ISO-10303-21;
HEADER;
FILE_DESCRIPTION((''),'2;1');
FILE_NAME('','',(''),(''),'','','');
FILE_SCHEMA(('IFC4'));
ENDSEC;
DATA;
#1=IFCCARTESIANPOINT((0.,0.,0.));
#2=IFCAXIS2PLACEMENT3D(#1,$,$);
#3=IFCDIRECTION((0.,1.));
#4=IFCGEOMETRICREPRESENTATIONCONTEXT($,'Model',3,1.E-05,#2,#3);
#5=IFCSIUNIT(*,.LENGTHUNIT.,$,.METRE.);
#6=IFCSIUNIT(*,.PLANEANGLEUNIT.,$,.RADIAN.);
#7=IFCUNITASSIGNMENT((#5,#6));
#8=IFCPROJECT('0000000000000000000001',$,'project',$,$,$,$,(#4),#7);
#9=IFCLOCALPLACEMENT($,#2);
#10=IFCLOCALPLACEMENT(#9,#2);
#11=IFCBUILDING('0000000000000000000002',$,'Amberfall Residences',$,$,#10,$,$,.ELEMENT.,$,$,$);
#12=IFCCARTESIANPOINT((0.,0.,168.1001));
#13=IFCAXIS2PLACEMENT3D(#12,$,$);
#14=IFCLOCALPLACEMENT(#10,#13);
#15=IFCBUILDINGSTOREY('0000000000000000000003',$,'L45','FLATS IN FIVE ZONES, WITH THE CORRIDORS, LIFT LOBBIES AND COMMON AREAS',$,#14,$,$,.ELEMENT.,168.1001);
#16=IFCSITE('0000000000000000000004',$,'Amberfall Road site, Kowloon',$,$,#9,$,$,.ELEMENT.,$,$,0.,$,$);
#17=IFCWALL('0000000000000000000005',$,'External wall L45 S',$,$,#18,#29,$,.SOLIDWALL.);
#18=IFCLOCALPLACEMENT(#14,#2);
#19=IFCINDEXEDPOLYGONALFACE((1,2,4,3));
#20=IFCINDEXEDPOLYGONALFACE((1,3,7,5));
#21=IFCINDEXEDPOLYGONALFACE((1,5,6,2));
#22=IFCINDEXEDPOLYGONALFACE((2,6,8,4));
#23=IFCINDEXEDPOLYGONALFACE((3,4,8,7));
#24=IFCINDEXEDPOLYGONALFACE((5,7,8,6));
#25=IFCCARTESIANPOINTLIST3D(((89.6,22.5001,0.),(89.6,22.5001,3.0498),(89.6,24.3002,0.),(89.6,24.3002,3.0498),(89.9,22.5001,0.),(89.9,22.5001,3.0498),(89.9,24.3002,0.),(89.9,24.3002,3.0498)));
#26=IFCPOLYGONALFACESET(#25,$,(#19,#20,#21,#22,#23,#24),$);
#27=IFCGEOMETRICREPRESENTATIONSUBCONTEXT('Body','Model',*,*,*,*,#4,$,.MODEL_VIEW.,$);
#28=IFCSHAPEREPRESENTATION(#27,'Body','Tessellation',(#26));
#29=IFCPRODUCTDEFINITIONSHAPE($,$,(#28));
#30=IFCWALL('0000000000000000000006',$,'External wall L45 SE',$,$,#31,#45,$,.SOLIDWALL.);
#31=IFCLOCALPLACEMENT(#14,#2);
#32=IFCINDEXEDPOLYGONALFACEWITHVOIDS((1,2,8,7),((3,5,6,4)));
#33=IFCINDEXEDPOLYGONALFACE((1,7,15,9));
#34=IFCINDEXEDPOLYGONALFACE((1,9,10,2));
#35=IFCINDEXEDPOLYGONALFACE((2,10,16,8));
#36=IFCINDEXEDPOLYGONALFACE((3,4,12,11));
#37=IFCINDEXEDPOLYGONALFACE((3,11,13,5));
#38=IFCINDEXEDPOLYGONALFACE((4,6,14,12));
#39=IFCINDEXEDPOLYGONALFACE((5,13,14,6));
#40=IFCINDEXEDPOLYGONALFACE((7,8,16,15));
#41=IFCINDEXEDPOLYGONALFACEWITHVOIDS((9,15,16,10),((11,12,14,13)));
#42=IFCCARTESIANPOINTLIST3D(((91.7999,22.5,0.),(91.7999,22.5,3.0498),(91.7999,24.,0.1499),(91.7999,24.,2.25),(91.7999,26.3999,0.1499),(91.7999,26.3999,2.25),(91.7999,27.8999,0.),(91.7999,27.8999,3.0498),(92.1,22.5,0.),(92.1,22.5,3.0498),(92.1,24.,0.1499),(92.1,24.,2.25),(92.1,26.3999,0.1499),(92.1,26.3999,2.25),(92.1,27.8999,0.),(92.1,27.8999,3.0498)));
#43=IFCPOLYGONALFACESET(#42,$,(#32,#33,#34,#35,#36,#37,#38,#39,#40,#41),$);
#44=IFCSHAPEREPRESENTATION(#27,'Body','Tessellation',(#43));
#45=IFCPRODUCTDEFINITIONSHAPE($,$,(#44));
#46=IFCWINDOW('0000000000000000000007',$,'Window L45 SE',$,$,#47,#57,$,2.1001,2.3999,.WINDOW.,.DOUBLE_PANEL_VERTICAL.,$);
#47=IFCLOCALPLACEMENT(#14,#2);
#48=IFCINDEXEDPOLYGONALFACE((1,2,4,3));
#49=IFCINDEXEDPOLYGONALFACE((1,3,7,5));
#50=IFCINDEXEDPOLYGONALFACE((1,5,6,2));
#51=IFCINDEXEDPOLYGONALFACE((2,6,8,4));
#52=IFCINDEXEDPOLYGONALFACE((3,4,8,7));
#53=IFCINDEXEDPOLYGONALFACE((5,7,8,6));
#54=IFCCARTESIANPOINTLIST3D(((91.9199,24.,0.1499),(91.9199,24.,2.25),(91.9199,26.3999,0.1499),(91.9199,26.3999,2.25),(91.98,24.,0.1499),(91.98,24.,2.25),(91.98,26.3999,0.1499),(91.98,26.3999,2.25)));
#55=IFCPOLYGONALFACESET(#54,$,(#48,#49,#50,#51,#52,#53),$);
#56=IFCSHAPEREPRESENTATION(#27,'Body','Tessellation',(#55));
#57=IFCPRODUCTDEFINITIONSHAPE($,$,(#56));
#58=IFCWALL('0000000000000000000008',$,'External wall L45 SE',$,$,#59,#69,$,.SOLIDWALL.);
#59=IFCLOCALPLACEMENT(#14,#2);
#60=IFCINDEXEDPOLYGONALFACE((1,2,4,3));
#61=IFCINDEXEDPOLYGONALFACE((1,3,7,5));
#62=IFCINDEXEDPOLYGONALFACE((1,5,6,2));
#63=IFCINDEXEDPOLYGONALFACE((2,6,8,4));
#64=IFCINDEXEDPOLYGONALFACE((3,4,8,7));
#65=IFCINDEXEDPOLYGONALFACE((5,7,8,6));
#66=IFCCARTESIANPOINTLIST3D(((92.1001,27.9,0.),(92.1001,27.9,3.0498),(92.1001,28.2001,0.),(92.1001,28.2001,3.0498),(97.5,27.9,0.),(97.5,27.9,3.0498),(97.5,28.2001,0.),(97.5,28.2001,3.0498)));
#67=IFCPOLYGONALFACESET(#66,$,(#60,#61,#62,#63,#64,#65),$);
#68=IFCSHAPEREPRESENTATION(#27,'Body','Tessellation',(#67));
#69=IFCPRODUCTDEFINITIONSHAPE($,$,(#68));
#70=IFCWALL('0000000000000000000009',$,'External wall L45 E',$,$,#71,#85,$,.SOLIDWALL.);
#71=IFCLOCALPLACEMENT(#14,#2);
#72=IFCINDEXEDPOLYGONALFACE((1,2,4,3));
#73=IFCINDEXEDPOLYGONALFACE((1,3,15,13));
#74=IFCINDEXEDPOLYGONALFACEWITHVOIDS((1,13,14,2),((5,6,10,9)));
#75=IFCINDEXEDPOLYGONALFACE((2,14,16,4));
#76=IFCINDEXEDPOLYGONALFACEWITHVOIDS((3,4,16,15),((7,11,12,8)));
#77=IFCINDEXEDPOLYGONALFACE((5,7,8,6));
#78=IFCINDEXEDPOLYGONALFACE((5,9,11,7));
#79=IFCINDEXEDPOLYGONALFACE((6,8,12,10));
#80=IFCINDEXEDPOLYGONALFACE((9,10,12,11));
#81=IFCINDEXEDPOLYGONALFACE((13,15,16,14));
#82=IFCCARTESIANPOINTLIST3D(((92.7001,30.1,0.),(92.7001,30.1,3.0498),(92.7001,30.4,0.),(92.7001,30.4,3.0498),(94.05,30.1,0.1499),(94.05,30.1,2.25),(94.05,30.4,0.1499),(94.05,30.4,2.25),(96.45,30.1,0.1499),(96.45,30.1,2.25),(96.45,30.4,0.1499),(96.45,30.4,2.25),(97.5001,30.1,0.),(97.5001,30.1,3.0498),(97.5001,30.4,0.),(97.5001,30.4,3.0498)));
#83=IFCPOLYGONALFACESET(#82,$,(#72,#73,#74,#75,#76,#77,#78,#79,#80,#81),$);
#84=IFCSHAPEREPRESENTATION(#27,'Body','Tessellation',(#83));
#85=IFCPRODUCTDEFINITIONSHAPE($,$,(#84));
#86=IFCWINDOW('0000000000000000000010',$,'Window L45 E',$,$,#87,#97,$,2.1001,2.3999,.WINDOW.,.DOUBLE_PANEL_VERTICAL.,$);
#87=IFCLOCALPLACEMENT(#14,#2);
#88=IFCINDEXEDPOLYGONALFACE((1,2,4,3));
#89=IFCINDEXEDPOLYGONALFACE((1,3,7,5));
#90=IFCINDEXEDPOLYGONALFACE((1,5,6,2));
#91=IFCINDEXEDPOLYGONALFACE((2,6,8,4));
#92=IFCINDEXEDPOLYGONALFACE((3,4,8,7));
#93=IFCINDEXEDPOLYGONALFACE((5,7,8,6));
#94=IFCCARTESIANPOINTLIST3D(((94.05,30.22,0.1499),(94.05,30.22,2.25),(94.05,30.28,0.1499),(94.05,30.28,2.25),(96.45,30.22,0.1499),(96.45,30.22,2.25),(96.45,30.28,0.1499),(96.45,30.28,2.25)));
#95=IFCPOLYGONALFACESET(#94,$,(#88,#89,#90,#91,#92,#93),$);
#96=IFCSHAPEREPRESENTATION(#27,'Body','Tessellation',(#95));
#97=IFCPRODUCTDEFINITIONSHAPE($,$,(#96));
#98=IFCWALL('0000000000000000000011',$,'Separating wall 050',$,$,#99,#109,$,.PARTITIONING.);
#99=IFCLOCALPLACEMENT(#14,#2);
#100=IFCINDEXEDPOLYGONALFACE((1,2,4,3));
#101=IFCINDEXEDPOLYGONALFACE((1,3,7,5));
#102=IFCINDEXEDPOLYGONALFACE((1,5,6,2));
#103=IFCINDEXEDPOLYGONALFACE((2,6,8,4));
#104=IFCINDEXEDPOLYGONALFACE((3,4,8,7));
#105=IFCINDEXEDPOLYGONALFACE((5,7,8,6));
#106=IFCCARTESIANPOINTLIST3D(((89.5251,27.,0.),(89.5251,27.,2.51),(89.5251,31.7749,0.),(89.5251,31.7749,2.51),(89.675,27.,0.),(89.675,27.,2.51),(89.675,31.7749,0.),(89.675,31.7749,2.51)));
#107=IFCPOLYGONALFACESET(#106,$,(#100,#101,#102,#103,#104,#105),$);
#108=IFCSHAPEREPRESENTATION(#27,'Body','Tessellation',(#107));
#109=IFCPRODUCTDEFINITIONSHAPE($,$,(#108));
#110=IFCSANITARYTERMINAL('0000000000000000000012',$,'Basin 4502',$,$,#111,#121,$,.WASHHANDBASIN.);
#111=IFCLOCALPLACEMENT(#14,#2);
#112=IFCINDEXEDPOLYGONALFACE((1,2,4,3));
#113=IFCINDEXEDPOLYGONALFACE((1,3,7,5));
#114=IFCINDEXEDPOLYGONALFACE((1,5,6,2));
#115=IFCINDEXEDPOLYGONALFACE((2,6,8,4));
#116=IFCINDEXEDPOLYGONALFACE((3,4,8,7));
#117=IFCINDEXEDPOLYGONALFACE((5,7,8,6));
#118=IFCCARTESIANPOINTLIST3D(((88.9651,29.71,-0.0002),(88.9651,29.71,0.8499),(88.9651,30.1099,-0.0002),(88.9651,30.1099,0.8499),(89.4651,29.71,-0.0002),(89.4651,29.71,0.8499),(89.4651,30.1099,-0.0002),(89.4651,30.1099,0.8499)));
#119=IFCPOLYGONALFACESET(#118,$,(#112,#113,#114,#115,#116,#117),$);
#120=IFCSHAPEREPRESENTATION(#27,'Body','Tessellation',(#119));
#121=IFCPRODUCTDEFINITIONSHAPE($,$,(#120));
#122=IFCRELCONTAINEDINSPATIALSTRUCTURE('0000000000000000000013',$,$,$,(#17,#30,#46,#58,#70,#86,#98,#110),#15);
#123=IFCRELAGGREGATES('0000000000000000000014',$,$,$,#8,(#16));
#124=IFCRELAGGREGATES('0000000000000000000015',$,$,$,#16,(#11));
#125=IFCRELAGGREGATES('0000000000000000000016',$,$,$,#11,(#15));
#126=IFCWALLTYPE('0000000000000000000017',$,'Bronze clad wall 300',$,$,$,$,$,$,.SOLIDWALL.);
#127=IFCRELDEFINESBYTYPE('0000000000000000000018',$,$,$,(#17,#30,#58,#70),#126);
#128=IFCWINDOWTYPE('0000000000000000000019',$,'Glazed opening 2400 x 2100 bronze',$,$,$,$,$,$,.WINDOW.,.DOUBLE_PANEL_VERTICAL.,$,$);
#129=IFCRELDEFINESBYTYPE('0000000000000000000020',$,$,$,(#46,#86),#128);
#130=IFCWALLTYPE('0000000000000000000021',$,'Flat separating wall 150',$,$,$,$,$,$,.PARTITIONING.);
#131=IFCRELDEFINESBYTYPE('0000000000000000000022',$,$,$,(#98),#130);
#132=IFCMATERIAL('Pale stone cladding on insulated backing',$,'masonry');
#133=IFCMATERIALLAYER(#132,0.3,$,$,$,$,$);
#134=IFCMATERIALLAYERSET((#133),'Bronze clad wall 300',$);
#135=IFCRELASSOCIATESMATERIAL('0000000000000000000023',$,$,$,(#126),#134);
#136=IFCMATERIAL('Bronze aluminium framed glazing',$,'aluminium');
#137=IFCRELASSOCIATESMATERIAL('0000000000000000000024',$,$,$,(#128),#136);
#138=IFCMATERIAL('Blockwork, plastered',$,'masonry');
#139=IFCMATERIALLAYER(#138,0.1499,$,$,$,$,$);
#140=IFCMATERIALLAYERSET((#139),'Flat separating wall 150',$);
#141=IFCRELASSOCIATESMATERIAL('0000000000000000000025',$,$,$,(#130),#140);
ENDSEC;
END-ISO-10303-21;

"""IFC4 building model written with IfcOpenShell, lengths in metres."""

from ifc_helpers import new_model, si_unit, direction, frame, frame_2d, origin, origin_2d, place, context, subcontext, project, spatial, rectangle, extrude, material, layer, layer_set, type_object, element, fill, save


model = new_model("IFC4")

# Units and contexts
model_context = context("Model", 3, precision=1e-05, world=origin(), true_north=direction((0.0, 1.0)))
body_context = subcontext(model_context, "Body", "Model", "MODEL_VIEW")
ifc_project = project(units=[si_unit("LENGTHUNIT", "METRE"), si_unit("PLANEANGLEUNIT", "RADIAN")], contexts=[model_context])

# Site, building, storey
site_placement = place(None, origin())
site = spatial("IfcSite", under=ifc_project, at=site_placement, Name="Amberfall Road site, Kowloon", CompositionType="ELEMENT", RefElevation=0.0)
building_placement = place(site_placement, origin())
building = spatial("IfcBuilding", under=site, at=building_placement, Name="Amberfall Residences", CompositionType="ELEMENT")
storey_placement = place(building_placement, frame((0.0, 0.0, 168.1001)))
storey = spatial("IfcBuildingStorey", under=building, at=storey_placement, Name="L45", Description="FLATS IN FIVE ZONES, WITH THE CORRIDORS, LIFT LOBBIES AND COMMON AREAS", CompositionType="ELEMENT", Elevation=168.1001)

# Wall
ifc_material_1 = material(Name="Pale stone cladding on insulated backing", Category="masonry")
ifc_layer_1 = layer(ifc_material_1, 0.3)
ifc_layer_set_1 = layer_set([ifc_layer_1], Name="Bronze clad wall 300")
wall_type_1 = type_object("IfcWallType", Name="Bronze clad wall 300", PredefinedType="SOLIDWALL", material=ifc_layer_set_1)
wall_1_placement = place(storey_placement, frame((89.75, 24.3, 0.0), z_axis=(0.0, 0.0, 1.0), x_axis=(0.0, -1.0, 0.0)))
element("IfcWall", 1, at=wall_1_placement, inside=storey, type_object=wall_type_1, Name="External wall L45 S", PredefinedType="SOLIDWALL", context=body_context, shape_type="SweptSolid", body=[
    extrude(rectangle(XDim=1.8, YDim=0.3, at=frame_2d((0.8999, 0.0))), origin(), (0.0, 0.0, 1.0), 3.0498),
])

# Wall, opening, window
wall_2_placement = place(storey_placement, frame((91.95, 22.5, 0.0), z_axis=(0.0, 0.0, 1.0), x_axis=(0.0, 1.0, 0.0)))
wall_2 = element("IfcWall", 2, at=wall_2_placement, inside=storey, type_object=wall_type_1, Name="External wall L45 SE", PredefinedType="SOLIDWALL", context=body_context, shape_type="SweptSolid", body=[
    extrude(rectangle(XDim=5.3999, YDim=0.3, at=frame_2d((2.7, 0.0))), origin(), (0.0, 0.0, 1.0), 3.0498),
])
opening_1_placement = place(wall_2_placement, frame((1.5, 0.0, 0.1499)))
opening_1 = element("IfcOpeningElement", 3, at=opening_1_placement, cuts=wall_2, PredefinedType="OPENING", context=body_context, shape_type="SweptSolid", body=[
    extrude(rectangle(XDim=2.3999, YDim=2.1001, at=frame_2d((1.2, 1.05))), frame((0.0, 0.1599, 0.0), z_axis=(0.0, -1.0, 0.0), x_axis=(1.0, 0.0, 0.0)), (0.0, 0.0, 1.0), 0.3201),
])
ifc_material_2 = material(Name="Bronze aluminium framed glazing", Category="aluminium")
window_type = type_object("IfcWindowType", Name="Glazed opening 2400 x 2100 bronze", PartitioningType="DOUBLE_PANEL_VERTICAL", PredefinedType="WINDOW", material=ifc_material_2)
window_1_placement = place(opening_1_placement, origin())
window_1 = element("IfcWindow", 4, at=window_1_placement, inside=storey, type_object=window_type, Name="Window L45 SE", OverallHeight=2.1001, OverallWidth=2.3999, PartitioningType="DOUBLE_PANEL_VERTICAL", PredefinedType="WINDOW", context=body_context, shape_type="SweptSolid", body=[
    extrude(rectangle(XDim=2.3999, YDim=2.1001, at=frame_2d((1.2, 1.05))), frame((0.0, 0.03, 0.0), z_axis=(0.0, -1.0, 0.0), x_axis=(1.0, 0.0, 0.0)), (0.0, 0.0, 1.0), 0.0601),
])
fill(opening_1, window_1)

# Wall
wall_3_placement = place(storey_placement, frame((92.1001, 28.05, 0.0), z_axis=(0.0, 0.0, 1.0), x_axis=(1.0, 0.0, 0.0)))
element("IfcWall", 5, at=wall_3_placement, inside=storey, type_object=wall_type_1, Name="External wall L45 SE", PredefinedType="SOLIDWALL", context=body_context, shape_type="SweptSolid", body=[
    extrude(rectangle(XDim=5.3999, YDim=0.3, at=frame_2d((2.7, 0.0))), origin(), (0.0, 0.0, 1.0), 3.0498),
])

# Wall, opening, window
wall_4_placement = place(storey_placement, frame((97.5, 30.25, 0.0), z_axis=(0.0, 0.0, 1.0), x_axis=(-1.0, 0.0, 0.0)))
wall_4 = element("IfcWall", 6, at=wall_4_placement, inside=storey, type_object=wall_type_1, Name="External wall L45 E", PredefinedType="SOLIDWALL", context=body_context, shape_type="SweptSolid", body=[
    extrude(rectangle(XDim=4.8, YDim=0.3, at=frame_2d((2.3999, 0.0))), origin(), (0.0, 0.0, 1.0), 3.0498),
])
opening_2_placement = place(wall_4_placement, frame((1.05, 0.0, 0.1499)))
opening_2 = element("IfcOpeningElement", 7, at=opening_2_placement, cuts=wall_4, PredefinedType="OPENING", context=body_context, shape_type="SweptSolid", body=[
    extrude(rectangle(XDim=2.3999, YDim=2.1001, at=frame_2d((1.2, 1.05))), frame((0.0, 0.1599, 0.0), z_axis=(0.0, -1.0, 0.0), x_axis=(1.0, 0.0, 0.0)), (0.0, 0.0, 1.0), 0.3201),
])
window_2_placement = place(opening_2_placement, origin())
window_2 = element("IfcWindow", 8, at=window_2_placement, inside=storey, type_object=window_type, Name="Window L45 E", OverallHeight=2.1001, OverallWidth=2.3999, PartitioningType="DOUBLE_PANEL_VERTICAL", PredefinedType="WINDOW", context=body_context, shape_type="SweptSolid", body=[
    extrude(rectangle(XDim=2.3999, YDim=2.1001, at=frame_2d((1.2, 1.05))), frame((0.0, 0.03, 0.0), z_axis=(0.0, -1.0, 0.0), x_axis=(1.0, 0.0, 0.0)), (0.0, 0.0, 1.0), 0.0601),
])
fill(opening_2, window_2)

# Wall
ifc_material_3 = material(Name="Blockwork, plastered", Category="masonry")
ifc_layer_2 = layer(ifc_material_3, 0.1499)
ifc_layer_set_2 = layer_set([ifc_layer_2], Name="Flat separating wall 150")
wall_type_2 = type_object("IfcWallType", Name="Flat separating wall 150", PredefinedType="PARTITIONING", material=ifc_layer_set_2)
wall_5_placement = place(storey_placement, frame((89.6001, 27.0, 0.0), z_axis=(0.0, 0.0, 1.0), x_axis=(0.0, 1.0, 0.0)))
element("IfcWall", 9, at=wall_5_placement, inside=storey, type_object=wall_type_2, Name="Separating wall 050", PredefinedType="PARTITIONING", context=body_context, shape_type="SweptSolid", body=[
    extrude(rectangle(XDim=4.7749, YDim=0.1499, at=frame_2d((2.3875, 0.0))), origin(), (0.0, 0.0, 1.0), 2.51),
])

# Sanitary terminal
sanitary_terminal_placement = place(storey_placement, frame((89.2151, 29.9099, -0.0002), z_axis=(0.0, 0.0, 1.0), x_axis=(1.0, 0.0, 0.0)))
element("IfcSanitaryTerminal", 10, at=sanitary_terminal_placement, inside=storey, Name="Basin 4502", PredefinedType="WASHHANDBASIN", context=body_context, shape_type="SweptSolid", body=[
    extrude(rectangle(XDim=0.5, YDim=0.3999, at=origin_2d()), origin(), (0.0, 0.0, 1.0), 0.8501),
])

save(model, "model.ifc")
